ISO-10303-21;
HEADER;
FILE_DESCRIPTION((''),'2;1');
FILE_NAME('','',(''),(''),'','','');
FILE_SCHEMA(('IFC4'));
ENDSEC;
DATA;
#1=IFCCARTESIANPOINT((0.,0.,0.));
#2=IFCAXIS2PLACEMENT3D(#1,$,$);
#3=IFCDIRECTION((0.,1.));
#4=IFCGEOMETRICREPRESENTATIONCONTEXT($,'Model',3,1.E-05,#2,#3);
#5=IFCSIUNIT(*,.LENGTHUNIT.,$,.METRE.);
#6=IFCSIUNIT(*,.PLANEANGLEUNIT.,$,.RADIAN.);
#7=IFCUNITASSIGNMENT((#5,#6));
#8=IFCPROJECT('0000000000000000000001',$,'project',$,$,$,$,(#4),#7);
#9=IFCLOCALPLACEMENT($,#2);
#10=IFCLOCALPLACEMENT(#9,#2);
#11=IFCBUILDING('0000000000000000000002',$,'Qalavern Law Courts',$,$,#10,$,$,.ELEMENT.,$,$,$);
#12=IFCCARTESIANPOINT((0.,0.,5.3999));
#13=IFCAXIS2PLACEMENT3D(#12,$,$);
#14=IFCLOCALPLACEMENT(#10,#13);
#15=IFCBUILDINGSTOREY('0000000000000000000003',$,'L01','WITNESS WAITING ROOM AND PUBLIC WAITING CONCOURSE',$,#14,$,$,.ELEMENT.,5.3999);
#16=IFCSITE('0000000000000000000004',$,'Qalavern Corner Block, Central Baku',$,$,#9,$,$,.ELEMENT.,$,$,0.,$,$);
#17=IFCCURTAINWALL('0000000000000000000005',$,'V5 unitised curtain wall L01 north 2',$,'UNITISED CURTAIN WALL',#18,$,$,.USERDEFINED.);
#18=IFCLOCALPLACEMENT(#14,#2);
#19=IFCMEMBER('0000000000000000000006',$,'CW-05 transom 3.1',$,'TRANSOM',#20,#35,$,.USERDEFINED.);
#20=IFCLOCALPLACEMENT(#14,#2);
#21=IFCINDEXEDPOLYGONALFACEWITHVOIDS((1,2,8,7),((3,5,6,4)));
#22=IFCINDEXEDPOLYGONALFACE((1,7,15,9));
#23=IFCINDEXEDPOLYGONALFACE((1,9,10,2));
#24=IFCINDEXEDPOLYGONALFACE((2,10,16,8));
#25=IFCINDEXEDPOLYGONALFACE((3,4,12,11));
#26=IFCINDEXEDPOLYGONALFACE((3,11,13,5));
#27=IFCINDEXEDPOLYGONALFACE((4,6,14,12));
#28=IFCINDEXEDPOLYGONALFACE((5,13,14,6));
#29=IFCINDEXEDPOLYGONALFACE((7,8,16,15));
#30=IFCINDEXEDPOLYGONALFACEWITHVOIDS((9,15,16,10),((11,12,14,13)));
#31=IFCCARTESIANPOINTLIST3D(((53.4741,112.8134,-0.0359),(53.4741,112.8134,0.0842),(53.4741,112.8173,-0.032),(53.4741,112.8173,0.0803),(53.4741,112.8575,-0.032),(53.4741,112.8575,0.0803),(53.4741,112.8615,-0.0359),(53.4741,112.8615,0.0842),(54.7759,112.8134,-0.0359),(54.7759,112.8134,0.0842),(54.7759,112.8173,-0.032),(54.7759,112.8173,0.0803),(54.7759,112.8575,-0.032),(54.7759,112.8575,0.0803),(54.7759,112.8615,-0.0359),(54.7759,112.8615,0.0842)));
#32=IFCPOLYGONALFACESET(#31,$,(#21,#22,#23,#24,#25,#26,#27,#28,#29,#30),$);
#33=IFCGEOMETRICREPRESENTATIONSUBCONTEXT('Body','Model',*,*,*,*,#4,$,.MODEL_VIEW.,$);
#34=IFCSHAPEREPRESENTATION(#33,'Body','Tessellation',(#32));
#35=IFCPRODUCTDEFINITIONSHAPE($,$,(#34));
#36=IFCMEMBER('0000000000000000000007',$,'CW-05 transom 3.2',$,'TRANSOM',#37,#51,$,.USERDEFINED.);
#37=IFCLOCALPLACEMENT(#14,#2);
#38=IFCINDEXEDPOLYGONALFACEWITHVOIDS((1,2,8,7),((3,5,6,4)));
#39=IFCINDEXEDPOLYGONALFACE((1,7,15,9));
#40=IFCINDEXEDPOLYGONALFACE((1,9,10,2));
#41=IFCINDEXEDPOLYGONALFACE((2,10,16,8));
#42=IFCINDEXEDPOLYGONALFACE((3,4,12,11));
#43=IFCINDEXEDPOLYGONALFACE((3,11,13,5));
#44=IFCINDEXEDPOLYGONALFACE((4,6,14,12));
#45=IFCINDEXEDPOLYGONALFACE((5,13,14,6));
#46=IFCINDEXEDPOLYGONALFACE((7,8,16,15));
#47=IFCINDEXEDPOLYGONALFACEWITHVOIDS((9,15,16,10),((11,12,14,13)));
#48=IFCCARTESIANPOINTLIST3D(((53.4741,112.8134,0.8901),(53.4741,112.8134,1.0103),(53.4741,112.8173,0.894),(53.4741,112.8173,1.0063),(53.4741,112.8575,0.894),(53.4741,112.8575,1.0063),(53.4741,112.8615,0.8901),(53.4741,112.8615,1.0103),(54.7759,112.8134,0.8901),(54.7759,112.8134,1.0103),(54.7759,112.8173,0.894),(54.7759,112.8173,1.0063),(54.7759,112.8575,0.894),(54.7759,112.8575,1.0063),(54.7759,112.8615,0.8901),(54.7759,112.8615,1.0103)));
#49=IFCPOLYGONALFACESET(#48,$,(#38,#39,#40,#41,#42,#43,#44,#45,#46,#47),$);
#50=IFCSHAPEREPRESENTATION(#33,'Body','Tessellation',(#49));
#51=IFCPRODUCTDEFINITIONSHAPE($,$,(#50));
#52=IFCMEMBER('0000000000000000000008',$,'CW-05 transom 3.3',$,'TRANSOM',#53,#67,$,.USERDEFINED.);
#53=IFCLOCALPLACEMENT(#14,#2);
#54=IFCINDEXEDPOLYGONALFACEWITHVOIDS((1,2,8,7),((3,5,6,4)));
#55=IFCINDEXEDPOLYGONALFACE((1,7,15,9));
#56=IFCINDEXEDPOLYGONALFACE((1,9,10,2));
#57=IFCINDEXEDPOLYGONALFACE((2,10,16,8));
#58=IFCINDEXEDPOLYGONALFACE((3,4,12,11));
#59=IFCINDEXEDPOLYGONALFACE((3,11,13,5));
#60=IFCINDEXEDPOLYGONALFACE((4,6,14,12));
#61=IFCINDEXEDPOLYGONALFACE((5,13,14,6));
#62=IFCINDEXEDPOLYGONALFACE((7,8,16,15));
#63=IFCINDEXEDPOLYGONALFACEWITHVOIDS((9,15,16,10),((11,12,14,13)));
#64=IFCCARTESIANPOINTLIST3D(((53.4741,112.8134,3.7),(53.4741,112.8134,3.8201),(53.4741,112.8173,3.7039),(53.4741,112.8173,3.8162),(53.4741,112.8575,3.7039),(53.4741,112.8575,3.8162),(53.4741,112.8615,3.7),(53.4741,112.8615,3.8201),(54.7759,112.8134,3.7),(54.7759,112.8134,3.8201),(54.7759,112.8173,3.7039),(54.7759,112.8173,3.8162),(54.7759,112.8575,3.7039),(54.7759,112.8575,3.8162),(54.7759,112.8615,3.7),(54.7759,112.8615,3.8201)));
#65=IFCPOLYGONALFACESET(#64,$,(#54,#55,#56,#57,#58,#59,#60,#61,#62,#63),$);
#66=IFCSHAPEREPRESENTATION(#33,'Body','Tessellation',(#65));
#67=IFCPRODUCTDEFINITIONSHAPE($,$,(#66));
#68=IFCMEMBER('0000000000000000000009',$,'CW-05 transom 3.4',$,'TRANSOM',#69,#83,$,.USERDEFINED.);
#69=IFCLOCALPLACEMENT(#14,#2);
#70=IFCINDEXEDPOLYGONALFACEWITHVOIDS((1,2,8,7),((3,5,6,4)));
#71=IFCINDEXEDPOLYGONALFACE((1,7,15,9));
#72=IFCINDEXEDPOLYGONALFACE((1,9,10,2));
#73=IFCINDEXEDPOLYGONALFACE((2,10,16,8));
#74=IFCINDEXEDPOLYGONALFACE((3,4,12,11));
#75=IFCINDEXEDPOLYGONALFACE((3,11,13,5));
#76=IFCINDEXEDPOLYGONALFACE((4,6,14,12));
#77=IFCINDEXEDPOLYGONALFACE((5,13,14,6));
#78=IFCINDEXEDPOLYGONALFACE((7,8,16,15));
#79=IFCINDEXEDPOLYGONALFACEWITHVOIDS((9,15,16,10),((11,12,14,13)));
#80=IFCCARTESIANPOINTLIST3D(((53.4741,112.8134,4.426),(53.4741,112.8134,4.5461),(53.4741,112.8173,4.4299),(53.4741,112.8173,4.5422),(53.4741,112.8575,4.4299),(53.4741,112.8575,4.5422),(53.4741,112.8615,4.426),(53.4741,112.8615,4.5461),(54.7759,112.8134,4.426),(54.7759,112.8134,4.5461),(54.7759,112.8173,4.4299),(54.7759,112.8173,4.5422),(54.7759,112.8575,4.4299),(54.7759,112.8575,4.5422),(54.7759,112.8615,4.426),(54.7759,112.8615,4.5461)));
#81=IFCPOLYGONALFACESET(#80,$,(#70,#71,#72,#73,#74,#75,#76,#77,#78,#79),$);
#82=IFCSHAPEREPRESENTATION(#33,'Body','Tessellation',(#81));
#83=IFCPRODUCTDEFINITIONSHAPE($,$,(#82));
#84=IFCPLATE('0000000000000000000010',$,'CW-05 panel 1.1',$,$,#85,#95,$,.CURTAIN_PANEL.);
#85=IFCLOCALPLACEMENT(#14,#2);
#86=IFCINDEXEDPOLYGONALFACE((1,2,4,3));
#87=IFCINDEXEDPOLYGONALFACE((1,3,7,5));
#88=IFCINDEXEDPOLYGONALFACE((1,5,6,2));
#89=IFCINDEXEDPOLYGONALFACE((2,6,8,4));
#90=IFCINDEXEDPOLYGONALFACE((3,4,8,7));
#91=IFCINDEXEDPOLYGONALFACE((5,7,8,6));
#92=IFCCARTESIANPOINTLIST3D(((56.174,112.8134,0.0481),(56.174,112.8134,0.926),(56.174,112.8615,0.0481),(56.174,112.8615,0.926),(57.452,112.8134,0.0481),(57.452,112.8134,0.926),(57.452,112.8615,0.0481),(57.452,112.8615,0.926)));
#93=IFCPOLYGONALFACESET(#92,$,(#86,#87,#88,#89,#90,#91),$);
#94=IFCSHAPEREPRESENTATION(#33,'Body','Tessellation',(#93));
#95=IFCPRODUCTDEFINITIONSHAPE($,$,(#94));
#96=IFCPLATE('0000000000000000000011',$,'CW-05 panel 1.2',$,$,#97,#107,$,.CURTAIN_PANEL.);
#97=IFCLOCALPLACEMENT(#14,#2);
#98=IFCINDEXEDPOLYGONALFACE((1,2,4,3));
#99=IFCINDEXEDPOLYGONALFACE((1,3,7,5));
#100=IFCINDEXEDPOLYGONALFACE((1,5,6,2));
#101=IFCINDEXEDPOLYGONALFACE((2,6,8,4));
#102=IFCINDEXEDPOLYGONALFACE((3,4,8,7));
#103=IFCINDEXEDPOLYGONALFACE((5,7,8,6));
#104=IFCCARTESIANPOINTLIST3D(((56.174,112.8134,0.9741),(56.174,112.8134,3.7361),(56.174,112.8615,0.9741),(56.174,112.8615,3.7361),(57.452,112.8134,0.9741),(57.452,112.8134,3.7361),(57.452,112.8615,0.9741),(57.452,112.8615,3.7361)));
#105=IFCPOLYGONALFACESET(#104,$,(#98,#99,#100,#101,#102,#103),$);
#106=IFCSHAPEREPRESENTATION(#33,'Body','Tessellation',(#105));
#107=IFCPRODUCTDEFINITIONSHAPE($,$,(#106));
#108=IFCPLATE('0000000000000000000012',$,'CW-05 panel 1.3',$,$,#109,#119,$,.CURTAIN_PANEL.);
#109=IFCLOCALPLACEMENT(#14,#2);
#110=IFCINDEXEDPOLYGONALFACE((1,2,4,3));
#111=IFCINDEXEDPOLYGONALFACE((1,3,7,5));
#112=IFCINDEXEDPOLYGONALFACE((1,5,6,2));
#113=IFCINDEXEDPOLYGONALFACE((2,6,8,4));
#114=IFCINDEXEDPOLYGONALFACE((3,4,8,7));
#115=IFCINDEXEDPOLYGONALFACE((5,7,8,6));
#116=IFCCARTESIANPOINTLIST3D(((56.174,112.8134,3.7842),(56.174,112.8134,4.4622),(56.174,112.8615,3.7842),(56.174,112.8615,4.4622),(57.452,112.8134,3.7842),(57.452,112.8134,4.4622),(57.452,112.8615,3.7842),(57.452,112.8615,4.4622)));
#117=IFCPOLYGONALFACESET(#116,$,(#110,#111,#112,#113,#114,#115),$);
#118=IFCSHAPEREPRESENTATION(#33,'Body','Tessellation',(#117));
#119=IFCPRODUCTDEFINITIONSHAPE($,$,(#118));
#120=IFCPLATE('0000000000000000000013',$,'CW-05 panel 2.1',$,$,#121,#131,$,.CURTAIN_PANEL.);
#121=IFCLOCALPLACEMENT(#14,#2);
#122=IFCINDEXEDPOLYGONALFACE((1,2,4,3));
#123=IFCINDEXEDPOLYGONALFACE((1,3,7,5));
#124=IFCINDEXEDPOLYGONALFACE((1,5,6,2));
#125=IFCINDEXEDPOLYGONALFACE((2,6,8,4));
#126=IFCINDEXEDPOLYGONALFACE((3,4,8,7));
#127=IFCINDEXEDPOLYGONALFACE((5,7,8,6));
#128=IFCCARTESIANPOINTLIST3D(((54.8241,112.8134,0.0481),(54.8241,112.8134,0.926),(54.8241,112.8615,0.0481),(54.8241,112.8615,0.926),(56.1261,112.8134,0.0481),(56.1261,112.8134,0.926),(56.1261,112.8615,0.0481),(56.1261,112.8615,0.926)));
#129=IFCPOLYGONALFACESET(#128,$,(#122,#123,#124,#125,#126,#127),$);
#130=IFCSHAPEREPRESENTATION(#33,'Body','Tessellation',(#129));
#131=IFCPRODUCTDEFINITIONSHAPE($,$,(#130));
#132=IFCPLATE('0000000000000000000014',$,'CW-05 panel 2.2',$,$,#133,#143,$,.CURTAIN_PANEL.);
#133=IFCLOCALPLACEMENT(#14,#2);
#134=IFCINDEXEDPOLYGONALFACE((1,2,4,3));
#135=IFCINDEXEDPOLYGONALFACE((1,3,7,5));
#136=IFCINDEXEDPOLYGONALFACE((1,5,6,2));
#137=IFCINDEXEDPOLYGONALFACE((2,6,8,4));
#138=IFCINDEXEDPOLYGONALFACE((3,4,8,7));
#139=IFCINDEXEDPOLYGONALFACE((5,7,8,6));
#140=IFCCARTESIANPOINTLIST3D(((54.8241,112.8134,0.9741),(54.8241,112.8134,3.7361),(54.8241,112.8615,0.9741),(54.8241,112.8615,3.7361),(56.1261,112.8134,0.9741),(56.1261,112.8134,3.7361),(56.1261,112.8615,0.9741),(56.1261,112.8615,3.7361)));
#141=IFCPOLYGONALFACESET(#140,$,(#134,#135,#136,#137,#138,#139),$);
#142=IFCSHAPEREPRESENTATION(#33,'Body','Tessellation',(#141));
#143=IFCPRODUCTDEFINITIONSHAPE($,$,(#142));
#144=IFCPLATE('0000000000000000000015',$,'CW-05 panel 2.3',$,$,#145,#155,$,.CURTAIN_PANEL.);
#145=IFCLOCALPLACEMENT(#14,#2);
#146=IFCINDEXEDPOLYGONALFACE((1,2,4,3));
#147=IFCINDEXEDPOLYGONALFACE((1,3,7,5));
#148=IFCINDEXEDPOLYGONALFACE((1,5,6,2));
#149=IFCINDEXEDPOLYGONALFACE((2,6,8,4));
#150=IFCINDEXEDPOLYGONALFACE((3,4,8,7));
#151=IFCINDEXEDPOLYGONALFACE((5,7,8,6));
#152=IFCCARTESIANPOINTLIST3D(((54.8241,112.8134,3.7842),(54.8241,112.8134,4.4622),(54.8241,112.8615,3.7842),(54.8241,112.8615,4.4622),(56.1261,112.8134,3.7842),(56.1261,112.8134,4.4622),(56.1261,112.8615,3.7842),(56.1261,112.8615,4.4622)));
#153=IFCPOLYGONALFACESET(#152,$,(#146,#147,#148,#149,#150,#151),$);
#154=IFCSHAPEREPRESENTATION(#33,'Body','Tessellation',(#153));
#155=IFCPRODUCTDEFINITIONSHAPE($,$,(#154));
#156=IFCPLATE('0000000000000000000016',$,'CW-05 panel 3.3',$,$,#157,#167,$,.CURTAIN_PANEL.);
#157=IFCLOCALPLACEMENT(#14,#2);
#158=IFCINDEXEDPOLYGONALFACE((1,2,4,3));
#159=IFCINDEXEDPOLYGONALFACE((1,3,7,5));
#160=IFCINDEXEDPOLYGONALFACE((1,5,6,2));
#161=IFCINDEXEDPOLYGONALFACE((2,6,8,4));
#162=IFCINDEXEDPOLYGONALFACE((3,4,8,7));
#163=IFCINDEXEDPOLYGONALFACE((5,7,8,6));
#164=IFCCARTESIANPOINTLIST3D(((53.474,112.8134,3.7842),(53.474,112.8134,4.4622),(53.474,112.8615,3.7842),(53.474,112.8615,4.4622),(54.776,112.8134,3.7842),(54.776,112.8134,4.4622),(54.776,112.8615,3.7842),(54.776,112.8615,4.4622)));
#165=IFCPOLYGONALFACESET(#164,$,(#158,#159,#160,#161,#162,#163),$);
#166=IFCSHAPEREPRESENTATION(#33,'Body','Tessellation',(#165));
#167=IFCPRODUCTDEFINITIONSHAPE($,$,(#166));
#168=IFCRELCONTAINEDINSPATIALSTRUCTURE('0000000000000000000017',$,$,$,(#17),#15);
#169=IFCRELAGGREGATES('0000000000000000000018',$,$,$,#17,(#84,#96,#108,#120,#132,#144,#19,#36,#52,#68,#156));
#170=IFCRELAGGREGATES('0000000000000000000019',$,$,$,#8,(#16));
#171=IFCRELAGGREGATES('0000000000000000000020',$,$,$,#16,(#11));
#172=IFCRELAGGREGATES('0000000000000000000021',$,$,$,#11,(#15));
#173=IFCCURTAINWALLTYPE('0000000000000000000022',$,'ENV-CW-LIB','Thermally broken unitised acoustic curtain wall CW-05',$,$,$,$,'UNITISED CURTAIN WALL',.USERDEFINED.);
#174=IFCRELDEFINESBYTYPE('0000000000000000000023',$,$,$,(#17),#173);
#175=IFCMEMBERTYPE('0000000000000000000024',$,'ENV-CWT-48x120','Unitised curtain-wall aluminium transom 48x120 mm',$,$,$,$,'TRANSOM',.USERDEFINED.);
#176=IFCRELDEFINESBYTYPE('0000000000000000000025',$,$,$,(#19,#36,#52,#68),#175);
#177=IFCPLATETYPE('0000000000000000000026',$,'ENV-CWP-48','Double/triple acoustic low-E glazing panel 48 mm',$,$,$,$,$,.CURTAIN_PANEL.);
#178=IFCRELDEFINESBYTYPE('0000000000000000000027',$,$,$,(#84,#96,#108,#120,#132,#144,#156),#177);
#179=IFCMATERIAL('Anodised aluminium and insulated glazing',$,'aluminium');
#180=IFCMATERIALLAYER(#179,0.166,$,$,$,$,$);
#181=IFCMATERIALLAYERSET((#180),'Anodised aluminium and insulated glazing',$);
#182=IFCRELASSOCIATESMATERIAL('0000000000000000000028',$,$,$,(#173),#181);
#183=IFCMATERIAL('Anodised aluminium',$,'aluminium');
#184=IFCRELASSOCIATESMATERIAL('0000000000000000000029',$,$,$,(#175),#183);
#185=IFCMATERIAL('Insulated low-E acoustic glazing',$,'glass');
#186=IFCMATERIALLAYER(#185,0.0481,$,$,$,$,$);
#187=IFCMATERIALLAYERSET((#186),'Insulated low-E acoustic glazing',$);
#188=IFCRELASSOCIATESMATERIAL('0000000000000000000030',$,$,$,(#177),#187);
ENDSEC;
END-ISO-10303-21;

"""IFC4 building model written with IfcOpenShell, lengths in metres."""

from ifc_helpers import new_model, si_unit, direction, frame, origin, origin_2d, place, context, subcontext, project, spatial, rectangle, hollow_rectangle, extrude, material, layer, layer_set, material_profile, profile_set, type_object, element, aggregate, save


model = new_model("IFC4")

# Units and contexts
model_context = context("Model", 3, precision=1e-05, world=origin(), true_north=direction((0.0, 1.0)))
body_context = subcontext(model_context, "Body", "Model", "MODEL_VIEW")
ifc_project = project(units=[si_unit("LENGTHUNIT", "METRE"), si_unit("PLANEANGLEUNIT", "RADIAN")], contexts=[model_context])

# Site, building, storey
site_placement = place(None, origin())
site = spatial("IfcSite", under=ifc_project, at=site_placement, Name="Qalavern Corner Block, Central Baku", CompositionType="ELEMENT", RefElevation=0.0)
building_placement = place(site_placement, origin())
building = spatial("IfcBuilding", under=site, at=building_placement, Name="Qalavern Law Courts", CompositionType="ELEMENT")
storey_placement = place(building_placement, frame((0.0, 0.0, 5.3999)))
storey = spatial("IfcBuildingStorey", under=building, at=storey_placement, Name="L01", Description="WITNESS WAITING ROOM AND PUBLIC WAITING CONCOURSE", CompositionType="ELEMENT", Elevation=5.3999)

# Curtain wall, members, plates
ifc_material_1 = material(Name="Anodised aluminium and insulated glazing", Category="aluminium")
ifc_layer_1 = layer(ifc_material_1, 0.166)
ifc_layer_set_1 = layer_set([ifc_layer_1], Name="Anodised aluminium and insulated glazing")
curtain_wall_type = type_object("IfcCurtainWallType", Name="ENV-CW-LIB", Description="Thermally broken unitised acoustic curtain wall CW-05", ElementType="UNITISED CURTAIN WALL", PredefinedType="USERDEFINED", material=ifc_layer_set_1)
curtain_wall_placement = place(storey_placement, origin())
curtain_wall = element("IfcCurtainWall", 1, at=curtain_wall_placement, inside=storey, type_object=curtain_wall_type, Name="V5 unitised curtain wall L01 north 2", ObjectType="UNITISED CURTAIN WALL", PredefinedType="USERDEFINED")
ifc_material_2 = material(Name="Anodised aluminium", Category="aluminium")
ifc_material_profile_1 = material_profile(ifc_material_2, hollow_rectangle(XDim=0.0481, YDim=0.1201, WallThickness=0.0039, at=origin_2d()), Name="ALU TRANSOM 48x120")
ifc_profile_set_1 = profile_set([ifc_material_profile_1], Name="Anodised aluminium")
member_type_1 = type_object("IfcMemberType", Name="ENV-CWT-48x120", Description="Unitised curtain-wall aluminium transom 48x120 mm", ElementType="TRANSOM", PredefinedType="USERDEFINED", material=ifc_profile_set_1)
member_1_placement = place(storey_placement, frame((54.7759, 112.8374, 0.0242), z_axis=(-1.0, 0.0, 0.0), x_axis=(0.0, -1.0, 0.0)))
member_1 = element("IfcMember", 2, at=member_1_placement, type_object=member_type_1, Name="CW-05 transom 3.1", ObjectType="TRANSOM", PredefinedType="USERDEFINED", context=body_context, shape_type="SweptSolid", body=[
    extrude(hollow_rectangle(XDim=0.0481, YDim=0.1201, WallThickness=0.0039, at=origin_2d()), origin(), (0.0, 0.0, 1.0), 1.3018),
])
member_2_placement = place(storey_placement, frame((54.7759, 112.8374, 0.9502), z_axis=(-1.0, 0.0, 0.0), x_axis=(0.0, -1.0, 0.0)))
member_2 = element("IfcMember", 3, at=member_2_placement, type_object=member_type_1, Name="CW-05 transom 3.2", ObjectType="TRANSOM", PredefinedType="USERDEFINED", context=body_context, shape_type="SweptSolid", body=[
    extrude(hollow_rectangle(XDim=0.0481, YDim=0.1201, WallThickness=0.0039, at=origin_2d()), origin(), (0.0, 0.0, 1.0), 1.3018),
])
member_3_placement = place(storey_placement, frame((54.7759, 112.8374, 3.76), z_axis=(-1.0, 0.0, 0.0), x_axis=(0.0, -1.0, 0.0)))
member_3 = element("IfcMember", 4, at=member_3_placement, type_object=member_type_1, Name="CW-05 transom 3.3", ObjectType="TRANSOM", PredefinedType="USERDEFINED", context=body_context, shape_type="SweptSolid", body=[
    extrude(hollow_rectangle(XDim=0.0481, YDim=0.1201, WallThickness=0.0039, at=origin_2d()), origin(), (0.0, 0.0, 1.0), 1.3018),
])
member_4_placement = place(storey_placement, frame((54.7759, 112.8374, 4.4861), z_axis=(-1.0, 0.0, 0.0), x_axis=(0.0, -1.0, 0.0)))
member_4 = element("IfcMember", 5, at=member_4_placement, type_object=member_type_1, Name="CW-05 transom 3.4", ObjectType="TRANSOM", PredefinedType="USERDEFINED", context=body_context, shape_type="SweptSolid", body=[
    extrude(hollow_rectangle(XDim=0.0481, YDim=0.1201, WallThickness=0.0039, at=origin_2d()), origin(), (0.0, 0.0, 1.0), 1.3018),
])
ifc_material_3 = material(Name="Insulated low-E acoustic glazing", Category="glass")
ifc_layer_2 = layer(ifc_material_3, 0.0481)
ifc_layer_set_2 = layer_set([ifc_layer_2], Name="Insulated low-E acoustic glazing")
plate_type = type_object("IfcPlateType", Name="ENV-CWP-48", Description="Double/triple acoustic low-E glazing panel 48 mm", PredefinedType="CURTAIN_PANEL", material=ifc_layer_set_2)
plate_1_placement = place(storey_placement, frame((56.813, 112.8374, 0.0481), z_axis=(0.0, 0.0, 1.0), x_axis=(-1.0, 0.0, 0.0)))
plate_1 = element("IfcPlate", 6, at=plate_1_placement, type_object=plate_type, Name="CW-05 panel 1.1", PredefinedType="CURTAIN_PANEL", context=body_context, shape_type="SweptSolid", body=[
    extrude(rectangle(XDim=1.2781, YDim=0.0481, at=origin_2d()), origin(), (0.0, 0.0, 1.0), 0.8779),
])
plate_2_placement = place(storey_placement, frame((56.813, 112.8374, 0.9741), z_axis=(0.0, 0.0, 1.0), x_axis=(-1.0, 0.0, 0.0)))
plate_2 = element("IfcPlate", 7, at=plate_2_placement, type_object=plate_type, Name="CW-05 panel 1.2", PredefinedType="CURTAIN_PANEL", context=body_context, shape_type="SweptSolid", body=[
    extrude(rectangle(XDim=1.2781, YDim=0.0481, at=origin_2d()), origin(), (0.0, 0.0, 1.0), 2.762),
])
plate_3_placement = place(storey_placement, frame((56.813, 112.8374, 3.7842), z_axis=(0.0, 0.0, 1.0), x_axis=(-1.0, 0.0, 0.0)))
plate_3 = element("IfcPlate", 8, at=plate_3_placement, type_object=plate_type, Name="CW-05 panel 1.3", PredefinedType="CURTAIN_PANEL", context=body_context, shape_type="SweptSolid", body=[
    extrude(rectangle(XDim=1.2781, YDim=0.0481, at=origin_2d()), origin(), (0.0, 0.0, 1.0), 0.678),
])
plate_4_placement = place(storey_placement, frame((55.4751, 112.8374, 0.0481), z_axis=(0.0, 0.0, 1.0), x_axis=(-1.0, 0.0, 0.0)))
plate_4 = element("IfcPlate", 9, at=plate_4_placement, type_object=plate_type, Name="CW-05 panel 2.1", PredefinedType="CURTAIN_PANEL", context=body_context, shape_type="SweptSolid", body=[
    extrude(rectangle(XDim=1.302, YDim=0.0481, at=origin_2d()), origin(), (0.0, 0.0, 1.0), 0.8779),
])
plate_5_placement = place(storey_placement, frame((55.4751, 112.8374, 0.9741), z_axis=(0.0, 0.0, 1.0), x_axis=(-1.0, 0.0, 0.0)))
plate_5 = element("IfcPlate", 10, at=plate_5_placement, type_object=plate_type, Name="CW-05 panel 2.2", PredefinedType="CURTAIN_PANEL", context=body_context, shape_type="SweptSolid", body=[
    extrude(rectangle(XDim=1.302, YDim=0.0481, at=origin_2d()), origin(), (0.0, 0.0, 1.0), 2.762),
])
plate_6_placement = place(storey_placement, frame((55.4751, 112.8374, 3.7842), z_axis=(0.0, 0.0, 1.0), x_axis=(-1.0, 0.0, 0.0)))
plate_6 = element("IfcPlate", 11, at=plate_6_placement, type_object=plate_type, Name="CW-05 panel 2.3", PredefinedType="CURTAIN_PANEL", context=body_context, shape_type="SweptSolid", body=[
    extrude(rectangle(XDim=1.302, YDim=0.0481, at=origin_2d()), origin(), (0.0, 0.0, 1.0), 0.678),
])
plate_7_placement = place(storey_placement, frame((54.125, 112.8374, 3.7842), z_axis=(0.0, 0.0, 1.0), x_axis=(-1.0, 0.0, 0.0)))
plate_7 = element("IfcPlate", 12, at=plate_7_placement, type_object=plate_type, Name="CW-05 panel 3.3", PredefinedType="CURTAIN_PANEL", context=body_context, shape_type="SweptSolid", body=[
    extrude(rectangle(XDim=1.302, YDim=0.0481, at=origin_2d()), origin(), (0.0, 0.0, 1.0), 0.678),
])
aggregate(curtain_wall, [plate_1, plate_2, plate_3, plate_4, plate_5, plate_6, member_1, member_2, member_3, member_4, plate_7])

save(model, "model.ifc")
